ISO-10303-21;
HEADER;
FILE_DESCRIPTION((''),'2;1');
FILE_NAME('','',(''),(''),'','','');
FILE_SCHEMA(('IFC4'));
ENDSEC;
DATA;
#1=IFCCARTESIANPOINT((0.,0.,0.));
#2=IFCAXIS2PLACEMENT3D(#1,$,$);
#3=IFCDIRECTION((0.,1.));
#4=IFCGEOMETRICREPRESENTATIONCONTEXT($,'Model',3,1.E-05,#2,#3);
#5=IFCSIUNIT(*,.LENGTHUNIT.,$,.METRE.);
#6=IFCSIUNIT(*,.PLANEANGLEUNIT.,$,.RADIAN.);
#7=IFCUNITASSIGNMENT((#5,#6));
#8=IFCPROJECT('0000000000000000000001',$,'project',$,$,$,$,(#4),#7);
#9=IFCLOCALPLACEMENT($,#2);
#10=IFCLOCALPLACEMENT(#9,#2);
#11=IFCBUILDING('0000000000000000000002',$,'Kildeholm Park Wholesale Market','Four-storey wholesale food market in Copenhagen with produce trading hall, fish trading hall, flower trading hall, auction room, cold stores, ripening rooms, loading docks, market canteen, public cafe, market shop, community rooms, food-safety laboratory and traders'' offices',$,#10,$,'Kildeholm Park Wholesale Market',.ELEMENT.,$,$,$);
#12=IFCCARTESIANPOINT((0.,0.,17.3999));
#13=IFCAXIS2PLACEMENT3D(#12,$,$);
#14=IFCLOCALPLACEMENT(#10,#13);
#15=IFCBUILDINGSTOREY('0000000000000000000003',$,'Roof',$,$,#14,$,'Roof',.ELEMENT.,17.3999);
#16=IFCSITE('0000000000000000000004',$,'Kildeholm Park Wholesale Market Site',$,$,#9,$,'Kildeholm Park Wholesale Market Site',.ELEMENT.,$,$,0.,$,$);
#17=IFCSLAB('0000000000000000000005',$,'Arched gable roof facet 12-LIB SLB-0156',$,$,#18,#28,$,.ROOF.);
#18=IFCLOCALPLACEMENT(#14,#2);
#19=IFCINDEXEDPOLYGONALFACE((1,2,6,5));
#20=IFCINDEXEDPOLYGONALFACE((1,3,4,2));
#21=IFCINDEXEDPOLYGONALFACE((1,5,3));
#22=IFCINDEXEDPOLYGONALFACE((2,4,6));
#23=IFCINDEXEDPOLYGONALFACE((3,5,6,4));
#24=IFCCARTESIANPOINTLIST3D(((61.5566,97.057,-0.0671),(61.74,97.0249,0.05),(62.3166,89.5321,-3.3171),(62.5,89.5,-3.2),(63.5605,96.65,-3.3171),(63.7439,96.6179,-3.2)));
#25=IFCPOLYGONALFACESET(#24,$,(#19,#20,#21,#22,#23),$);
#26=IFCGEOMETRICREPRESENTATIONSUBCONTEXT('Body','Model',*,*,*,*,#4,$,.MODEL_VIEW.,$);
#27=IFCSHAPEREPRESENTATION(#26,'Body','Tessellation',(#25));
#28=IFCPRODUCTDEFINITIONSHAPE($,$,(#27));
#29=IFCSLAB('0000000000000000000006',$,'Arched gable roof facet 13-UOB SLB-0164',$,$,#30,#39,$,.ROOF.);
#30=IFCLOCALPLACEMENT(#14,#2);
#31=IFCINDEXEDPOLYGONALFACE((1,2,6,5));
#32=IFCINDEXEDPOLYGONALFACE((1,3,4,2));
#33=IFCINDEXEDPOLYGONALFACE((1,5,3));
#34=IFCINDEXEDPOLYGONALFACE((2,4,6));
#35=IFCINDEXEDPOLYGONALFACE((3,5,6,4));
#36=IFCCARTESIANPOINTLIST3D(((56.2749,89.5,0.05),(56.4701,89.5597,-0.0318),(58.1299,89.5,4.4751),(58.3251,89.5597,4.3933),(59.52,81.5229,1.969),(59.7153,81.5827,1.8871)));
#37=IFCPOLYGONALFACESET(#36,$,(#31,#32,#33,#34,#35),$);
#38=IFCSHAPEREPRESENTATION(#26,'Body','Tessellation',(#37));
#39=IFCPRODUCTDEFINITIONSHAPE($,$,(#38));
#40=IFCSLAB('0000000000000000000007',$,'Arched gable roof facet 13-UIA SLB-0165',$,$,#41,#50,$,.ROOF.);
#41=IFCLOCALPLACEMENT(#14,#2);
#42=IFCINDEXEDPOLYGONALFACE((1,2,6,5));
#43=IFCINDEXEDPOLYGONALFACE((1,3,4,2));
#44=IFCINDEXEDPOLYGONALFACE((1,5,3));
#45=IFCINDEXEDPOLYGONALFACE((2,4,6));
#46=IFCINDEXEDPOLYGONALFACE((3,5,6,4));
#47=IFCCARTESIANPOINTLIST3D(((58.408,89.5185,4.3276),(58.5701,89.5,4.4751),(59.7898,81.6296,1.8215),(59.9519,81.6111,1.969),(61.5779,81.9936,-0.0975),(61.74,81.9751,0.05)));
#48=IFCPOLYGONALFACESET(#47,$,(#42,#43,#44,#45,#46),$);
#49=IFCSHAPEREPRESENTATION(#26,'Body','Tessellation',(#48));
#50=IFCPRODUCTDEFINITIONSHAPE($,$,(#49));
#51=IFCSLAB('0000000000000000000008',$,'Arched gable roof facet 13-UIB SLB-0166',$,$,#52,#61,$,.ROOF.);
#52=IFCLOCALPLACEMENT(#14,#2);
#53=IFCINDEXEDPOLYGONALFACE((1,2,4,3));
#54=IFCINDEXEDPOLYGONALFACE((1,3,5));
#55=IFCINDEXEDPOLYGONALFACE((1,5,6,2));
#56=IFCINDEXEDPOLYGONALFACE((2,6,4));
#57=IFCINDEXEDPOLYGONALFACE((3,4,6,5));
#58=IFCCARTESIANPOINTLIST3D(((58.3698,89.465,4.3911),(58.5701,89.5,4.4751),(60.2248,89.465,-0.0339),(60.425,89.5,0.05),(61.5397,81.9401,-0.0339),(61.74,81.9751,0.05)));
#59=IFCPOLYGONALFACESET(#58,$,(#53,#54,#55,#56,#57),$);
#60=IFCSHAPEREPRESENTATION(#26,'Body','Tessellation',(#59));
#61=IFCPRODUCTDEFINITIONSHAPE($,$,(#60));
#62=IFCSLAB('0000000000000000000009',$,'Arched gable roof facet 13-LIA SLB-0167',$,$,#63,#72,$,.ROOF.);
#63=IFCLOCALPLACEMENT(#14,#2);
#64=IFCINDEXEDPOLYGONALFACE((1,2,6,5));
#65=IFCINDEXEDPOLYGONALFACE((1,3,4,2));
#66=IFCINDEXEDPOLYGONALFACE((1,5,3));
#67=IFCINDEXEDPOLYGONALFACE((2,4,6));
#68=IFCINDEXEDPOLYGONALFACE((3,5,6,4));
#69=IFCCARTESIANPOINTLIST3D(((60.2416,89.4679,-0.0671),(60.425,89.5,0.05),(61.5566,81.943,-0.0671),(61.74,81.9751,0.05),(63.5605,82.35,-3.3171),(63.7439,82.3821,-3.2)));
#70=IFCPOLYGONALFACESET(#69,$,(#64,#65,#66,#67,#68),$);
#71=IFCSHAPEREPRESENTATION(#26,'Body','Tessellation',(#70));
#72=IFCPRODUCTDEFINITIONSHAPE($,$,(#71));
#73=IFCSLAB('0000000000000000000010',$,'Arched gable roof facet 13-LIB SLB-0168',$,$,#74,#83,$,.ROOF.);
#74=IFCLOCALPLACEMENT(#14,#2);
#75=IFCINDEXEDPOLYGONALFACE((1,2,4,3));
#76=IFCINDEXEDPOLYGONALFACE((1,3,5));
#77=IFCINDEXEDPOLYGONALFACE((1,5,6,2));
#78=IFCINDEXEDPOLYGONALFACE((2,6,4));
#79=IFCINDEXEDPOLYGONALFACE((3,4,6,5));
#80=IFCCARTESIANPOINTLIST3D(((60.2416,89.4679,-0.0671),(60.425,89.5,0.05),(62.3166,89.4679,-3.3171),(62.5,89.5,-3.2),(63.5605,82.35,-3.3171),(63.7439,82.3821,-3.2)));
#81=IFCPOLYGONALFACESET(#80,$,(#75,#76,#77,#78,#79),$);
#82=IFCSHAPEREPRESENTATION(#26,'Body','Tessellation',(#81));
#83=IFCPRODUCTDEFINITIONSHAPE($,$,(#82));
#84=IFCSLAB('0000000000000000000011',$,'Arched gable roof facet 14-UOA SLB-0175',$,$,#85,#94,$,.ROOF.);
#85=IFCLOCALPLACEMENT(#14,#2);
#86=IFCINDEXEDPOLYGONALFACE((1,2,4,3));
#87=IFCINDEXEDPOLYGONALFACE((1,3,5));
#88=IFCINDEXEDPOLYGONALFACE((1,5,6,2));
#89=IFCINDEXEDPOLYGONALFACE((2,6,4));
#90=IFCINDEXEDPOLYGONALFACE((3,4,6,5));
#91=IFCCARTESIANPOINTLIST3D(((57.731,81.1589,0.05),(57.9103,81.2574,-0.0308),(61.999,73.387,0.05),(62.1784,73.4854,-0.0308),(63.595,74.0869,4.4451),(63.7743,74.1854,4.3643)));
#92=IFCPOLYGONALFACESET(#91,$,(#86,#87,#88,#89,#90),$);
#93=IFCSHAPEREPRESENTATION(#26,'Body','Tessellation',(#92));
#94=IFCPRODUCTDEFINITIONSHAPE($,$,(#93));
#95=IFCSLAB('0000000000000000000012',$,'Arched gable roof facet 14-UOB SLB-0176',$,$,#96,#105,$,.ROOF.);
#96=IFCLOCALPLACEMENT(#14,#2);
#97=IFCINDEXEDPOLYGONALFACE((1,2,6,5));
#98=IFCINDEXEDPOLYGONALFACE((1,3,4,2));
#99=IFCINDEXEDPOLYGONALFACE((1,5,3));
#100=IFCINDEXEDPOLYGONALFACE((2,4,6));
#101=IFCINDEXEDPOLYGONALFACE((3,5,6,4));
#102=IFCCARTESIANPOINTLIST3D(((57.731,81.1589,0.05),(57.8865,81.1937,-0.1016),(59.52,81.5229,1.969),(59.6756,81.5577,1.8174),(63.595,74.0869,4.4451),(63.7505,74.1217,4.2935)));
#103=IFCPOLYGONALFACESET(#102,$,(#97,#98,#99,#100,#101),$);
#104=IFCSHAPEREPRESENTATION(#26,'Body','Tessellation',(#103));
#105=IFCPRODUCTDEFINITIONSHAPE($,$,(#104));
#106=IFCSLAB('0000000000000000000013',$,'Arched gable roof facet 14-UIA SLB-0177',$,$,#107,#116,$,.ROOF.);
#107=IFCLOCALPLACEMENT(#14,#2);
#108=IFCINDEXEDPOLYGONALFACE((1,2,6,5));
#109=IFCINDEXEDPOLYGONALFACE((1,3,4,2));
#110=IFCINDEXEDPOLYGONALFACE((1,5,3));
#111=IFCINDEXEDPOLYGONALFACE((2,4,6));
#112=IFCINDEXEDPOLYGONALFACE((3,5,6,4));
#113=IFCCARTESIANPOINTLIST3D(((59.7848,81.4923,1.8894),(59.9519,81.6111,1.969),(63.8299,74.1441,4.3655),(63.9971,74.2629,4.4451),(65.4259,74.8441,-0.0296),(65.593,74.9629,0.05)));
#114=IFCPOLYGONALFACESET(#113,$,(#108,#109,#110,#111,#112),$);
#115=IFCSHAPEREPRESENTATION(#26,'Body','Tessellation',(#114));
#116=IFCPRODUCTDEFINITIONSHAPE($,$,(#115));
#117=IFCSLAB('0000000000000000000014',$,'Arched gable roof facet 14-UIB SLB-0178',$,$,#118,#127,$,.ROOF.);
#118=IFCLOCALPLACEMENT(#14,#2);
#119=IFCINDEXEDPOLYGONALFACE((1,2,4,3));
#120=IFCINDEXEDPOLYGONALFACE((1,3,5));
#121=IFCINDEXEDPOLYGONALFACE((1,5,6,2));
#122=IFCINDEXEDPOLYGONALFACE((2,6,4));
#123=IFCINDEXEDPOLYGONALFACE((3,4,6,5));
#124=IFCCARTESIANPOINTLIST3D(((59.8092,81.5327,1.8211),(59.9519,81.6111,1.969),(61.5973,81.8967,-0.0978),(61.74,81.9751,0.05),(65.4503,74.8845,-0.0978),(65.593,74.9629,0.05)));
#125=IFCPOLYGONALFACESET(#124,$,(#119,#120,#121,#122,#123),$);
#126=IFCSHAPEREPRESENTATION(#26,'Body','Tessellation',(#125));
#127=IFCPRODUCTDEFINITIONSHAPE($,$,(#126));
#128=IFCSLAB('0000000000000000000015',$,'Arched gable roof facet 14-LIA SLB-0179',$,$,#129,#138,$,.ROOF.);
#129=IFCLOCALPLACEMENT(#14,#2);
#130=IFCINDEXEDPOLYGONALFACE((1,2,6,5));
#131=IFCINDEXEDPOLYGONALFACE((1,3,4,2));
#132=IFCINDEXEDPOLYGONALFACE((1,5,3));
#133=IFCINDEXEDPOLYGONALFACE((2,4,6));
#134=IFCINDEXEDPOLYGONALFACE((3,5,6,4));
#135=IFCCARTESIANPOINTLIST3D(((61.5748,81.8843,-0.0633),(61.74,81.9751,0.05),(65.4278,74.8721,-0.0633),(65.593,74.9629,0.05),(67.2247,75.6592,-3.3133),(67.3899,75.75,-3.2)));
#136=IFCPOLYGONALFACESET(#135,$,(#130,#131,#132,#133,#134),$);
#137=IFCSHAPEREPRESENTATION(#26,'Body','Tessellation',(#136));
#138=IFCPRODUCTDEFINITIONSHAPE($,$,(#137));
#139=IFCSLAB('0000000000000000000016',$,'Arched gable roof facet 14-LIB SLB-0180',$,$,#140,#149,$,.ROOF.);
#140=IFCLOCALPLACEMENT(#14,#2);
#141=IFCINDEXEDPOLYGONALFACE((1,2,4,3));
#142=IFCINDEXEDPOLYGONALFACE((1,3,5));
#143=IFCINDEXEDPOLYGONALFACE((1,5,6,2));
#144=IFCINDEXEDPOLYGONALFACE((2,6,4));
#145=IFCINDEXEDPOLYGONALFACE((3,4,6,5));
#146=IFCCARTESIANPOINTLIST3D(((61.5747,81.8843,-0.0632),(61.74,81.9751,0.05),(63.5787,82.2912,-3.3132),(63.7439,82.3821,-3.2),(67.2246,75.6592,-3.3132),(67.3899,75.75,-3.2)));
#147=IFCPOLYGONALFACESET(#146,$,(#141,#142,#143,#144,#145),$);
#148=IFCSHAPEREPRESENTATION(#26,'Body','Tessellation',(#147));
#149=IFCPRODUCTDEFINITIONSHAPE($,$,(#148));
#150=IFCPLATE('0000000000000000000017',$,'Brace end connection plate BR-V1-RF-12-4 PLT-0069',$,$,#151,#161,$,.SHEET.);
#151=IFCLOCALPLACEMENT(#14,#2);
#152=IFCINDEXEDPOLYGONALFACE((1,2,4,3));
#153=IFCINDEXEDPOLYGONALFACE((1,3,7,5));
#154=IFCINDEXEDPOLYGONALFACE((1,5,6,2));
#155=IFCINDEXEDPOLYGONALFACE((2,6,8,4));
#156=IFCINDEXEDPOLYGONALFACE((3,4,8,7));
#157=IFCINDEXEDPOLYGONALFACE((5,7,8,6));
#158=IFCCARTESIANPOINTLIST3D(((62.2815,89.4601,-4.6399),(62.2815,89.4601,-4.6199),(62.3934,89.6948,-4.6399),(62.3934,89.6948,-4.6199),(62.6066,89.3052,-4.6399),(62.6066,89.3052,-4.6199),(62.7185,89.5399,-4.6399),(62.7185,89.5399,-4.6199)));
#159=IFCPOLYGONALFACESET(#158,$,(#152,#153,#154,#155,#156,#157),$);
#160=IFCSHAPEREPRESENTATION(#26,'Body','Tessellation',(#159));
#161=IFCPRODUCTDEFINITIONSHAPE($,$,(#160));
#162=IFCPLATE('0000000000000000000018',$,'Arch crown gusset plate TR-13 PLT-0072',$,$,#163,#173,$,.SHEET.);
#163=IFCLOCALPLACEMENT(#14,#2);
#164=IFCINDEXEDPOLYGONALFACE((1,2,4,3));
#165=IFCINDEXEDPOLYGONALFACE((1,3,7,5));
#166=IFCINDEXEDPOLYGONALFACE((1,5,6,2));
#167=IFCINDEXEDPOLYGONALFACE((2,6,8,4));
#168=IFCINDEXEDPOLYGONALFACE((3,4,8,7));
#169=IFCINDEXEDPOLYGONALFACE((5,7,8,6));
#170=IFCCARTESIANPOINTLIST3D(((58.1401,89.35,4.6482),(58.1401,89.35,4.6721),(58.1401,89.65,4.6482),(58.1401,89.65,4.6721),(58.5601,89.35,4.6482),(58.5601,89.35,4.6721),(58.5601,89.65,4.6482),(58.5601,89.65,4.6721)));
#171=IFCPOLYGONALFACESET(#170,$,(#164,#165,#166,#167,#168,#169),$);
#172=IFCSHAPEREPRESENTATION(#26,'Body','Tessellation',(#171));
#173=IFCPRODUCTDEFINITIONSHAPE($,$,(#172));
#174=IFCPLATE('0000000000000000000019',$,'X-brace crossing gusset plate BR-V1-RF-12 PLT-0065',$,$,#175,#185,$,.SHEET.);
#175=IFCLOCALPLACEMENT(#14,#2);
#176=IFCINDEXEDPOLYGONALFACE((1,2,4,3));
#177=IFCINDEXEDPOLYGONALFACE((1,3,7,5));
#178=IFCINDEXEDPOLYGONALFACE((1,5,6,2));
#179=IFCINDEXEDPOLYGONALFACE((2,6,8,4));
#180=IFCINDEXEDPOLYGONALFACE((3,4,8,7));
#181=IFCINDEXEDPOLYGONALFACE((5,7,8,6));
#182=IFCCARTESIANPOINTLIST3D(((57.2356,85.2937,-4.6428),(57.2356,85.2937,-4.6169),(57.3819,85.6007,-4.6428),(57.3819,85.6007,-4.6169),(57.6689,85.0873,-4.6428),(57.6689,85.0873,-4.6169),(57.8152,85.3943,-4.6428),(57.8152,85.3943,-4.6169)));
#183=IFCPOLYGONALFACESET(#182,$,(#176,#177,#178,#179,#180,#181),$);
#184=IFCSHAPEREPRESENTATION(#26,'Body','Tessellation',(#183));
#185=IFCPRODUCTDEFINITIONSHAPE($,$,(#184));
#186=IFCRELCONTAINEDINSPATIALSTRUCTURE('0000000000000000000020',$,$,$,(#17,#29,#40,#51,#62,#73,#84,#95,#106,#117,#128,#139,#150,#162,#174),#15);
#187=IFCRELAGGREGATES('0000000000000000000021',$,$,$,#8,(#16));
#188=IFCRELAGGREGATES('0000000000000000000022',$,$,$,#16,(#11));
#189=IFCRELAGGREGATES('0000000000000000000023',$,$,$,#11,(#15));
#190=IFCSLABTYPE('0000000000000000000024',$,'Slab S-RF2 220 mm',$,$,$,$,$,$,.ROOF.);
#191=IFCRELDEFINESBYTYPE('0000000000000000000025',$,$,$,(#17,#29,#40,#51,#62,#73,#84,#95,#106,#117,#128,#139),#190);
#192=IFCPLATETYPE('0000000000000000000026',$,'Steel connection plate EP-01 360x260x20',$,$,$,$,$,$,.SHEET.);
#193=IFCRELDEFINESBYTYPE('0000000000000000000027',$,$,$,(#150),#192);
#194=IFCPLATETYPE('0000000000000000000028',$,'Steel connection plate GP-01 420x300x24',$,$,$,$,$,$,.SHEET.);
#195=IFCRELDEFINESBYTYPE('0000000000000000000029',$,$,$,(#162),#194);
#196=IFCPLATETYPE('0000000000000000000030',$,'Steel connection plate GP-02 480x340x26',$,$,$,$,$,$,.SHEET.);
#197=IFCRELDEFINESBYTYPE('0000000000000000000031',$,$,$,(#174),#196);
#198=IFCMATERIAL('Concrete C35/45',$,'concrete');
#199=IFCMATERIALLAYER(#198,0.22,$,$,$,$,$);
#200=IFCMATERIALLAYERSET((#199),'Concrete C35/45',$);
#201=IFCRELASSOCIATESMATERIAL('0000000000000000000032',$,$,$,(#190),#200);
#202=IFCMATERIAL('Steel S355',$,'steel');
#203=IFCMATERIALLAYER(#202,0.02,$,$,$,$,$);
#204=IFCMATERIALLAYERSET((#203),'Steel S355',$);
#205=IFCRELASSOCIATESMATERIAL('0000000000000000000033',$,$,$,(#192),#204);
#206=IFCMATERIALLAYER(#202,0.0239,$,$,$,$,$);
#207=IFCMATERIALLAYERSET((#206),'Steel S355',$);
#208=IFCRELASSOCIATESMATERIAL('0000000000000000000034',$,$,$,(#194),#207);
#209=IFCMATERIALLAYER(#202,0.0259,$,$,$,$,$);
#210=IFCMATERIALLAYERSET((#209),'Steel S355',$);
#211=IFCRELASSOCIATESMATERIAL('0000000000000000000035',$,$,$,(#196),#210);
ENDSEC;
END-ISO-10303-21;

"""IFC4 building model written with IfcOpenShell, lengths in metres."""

from ifc_helpers import new_model, si_unit, direction, frame, origin, origin_2d, place, context, subcontext, project, spatial, polyline, rectangle, outline, extrude, material, layer, layer_set, type_object, element, save


model = new_model("IFC4")

# Units and contexts
model_context = context("Model", 3, precision=1e-05, world=origin(), true_north=direction((0.0, 1.0)))
body_context = subcontext(model_context, "Body", "Model", "MODEL_VIEW")
ifc_project = project(units=[si_unit("LENGTHUNIT", "METRE"), si_unit("PLANEANGLEUNIT", "RADIAN")], contexts=[model_context])

# Site, building, storey
site_placement = place(None, origin())
site = spatial("IfcSite", under=ifc_project, at=site_placement, Name="Kildeholm Park Wholesale Market Site", LongName="Kildeholm Park Wholesale Market Site", CompositionType="ELEMENT", RefElevation=0.0)
building_placement = place(site_placement, origin())
building = spatial("IfcBuilding", under=site, at=building_placement, Name="Kildeholm Park Wholesale Market", Description="Four-storey wholesale food market in Copenhagen with produce trading hall, fish trading hall, flower trading hall, auction room, cold stores, ripening rooms, loading docks, market canteen, public cafe, market shop, community rooms, food-safety laboratory and traders' offices", LongName="Kildeholm Park Wholesale Market", CompositionType="ELEMENT")
storey_placement = place(building_placement, frame((0.0, 0.0, 17.3999)))
storey = spatial("IfcBuildingStorey", under=building, at=storey_placement, Name="Roof", LongName="Roof", CompositionType="ELEMENT", Elevation=17.3999)

# Shared definitions
ifc_material_1 = material(Name="Steel S355", Category="steel")

# Slabs
ifc_material_2 = material(Name="Concrete C35/45", Category="concrete")
ifc_layer_1 = layer(ifc_material_2, 0.22)
ifc_layer_set_1 = layer_set([ifc_layer_1], Name="Concrete C35/45")
slab_type = type_object("IfcSlabType", Name="Slab S-RF2 220 mm", PredefinedType="ROOF", material=ifc_layer_set_1)
slab_1_placement = place(storey_placement, frame((61.74, 97.0249, 0.05), z_axis=(0.833859, -0.145722, 0.532394), x_axis=(0.092325, -0.914114, -0.394805)))
element("IfcSlab", 1, at=slab_1_placement, inside=storey, type_object=slab_type, Name="Arched gable roof facet 12-LIB SLB-0156", PredefinedType="ROOF", context=body_context, shape_type="SweptSolid", body=[
    extrude(outline(polyline([(0.0, 0.0), (8.2319, 0.0), (1.8402, 3.3701), (0.0, 0.0)])), origin(), (0.0, 0.0, -1.0), 0.22),
])
slab_2_placement = place(storey_placement, frame((56.2749, 89.5, 0.05), z_axis=(-0.887586, -0.27157, 0.372076), x_axis=(0.367799, -0.904113, 0.217492)))
element("IfcSlab", 2, at=slab_2_placement, inside=storey, type_object=slab_type, Name="Arched gable roof facet 13-UOB SLB-0164", PredefinedType="ROOF", context=body_context, shape_type="SweptSolid", body=[
    extrude(outline(polyline([(0.0, 0.0), (8.8231, 0.0), (1.6447, 4.5074), (0.0, 0.0)])), origin(), (0.0, 0.0, -1.0), 0.22),
])
slab_3_placement = place(storey_placement, frame((58.5701, 89.5, 4.4751), z_axis=(0.736924, -0.083995, 0.670737), x_axis=(0.164662, -0.940056, -0.298631)))
element("IfcSlab", 3, at=slab_3_placement, inside=storey, type_object=slab_type, Name="Arched gable roof facet 13-UIA SLB-0165", PredefinedType="ROOF", context=body_context, shape_type="SweptSolid", body=[
    extrude(outline(polyline([(0.0, 0.0), (8.392, 0.0), (8.9173, 2.5954), (0.0, 0.0)])), origin(), (0.0, 0.0, -1.0), 0.22),
])
slab_4_placement = place(storey_placement, frame((58.5701, 89.5, 4.4751), z_axis=(0.910497, 0.159105, 0.381681), x_axis=(0.341319, -0.810237, -0.476463)))
element("IfcSlab", 4, at=slab_4_placement, inside=storey, type_object=slab_type, Name="Arched gable roof facet 13-UIB SLB-0166", PredefinedType="ROOF", context=body_context, shape_type="SweptSolid", body=[
    extrude(outline(polyline([(0.0, 0.0), (9.2873, 0.0), (2.7415, 3.9378), (0.0, 0.0)])), origin(), (0.0, 0.0, -1.0), 0.22),
])
slab_5_placement = place(storey_placement, frame((60.425, 89.5, 0.05), z_axis=(0.833861, 0.145713, 0.532394), x_axis=(0.172137, -0.985073, 0.0)))
element("IfcSlab", 5, at=slab_5_placement, inside=storey, type_object=slab_type, Name="Arched gable roof facet 13-LIA SLB-0167", PredefinedType="ROOF", context=body_context, shape_type="SweptSolid", body=[
    extrude(outline(polyline([(0.0, 0.0), (7.6389, 0.0), (7.583, 3.8394), (0.0, 0.0)])), origin(), (0.0, 0.0, -1.0), 0.22),
])
slab_6_placement = place(storey_placement, frame((60.425, 89.5, 0.05), z_axis=(0.833868, 0.145723, 0.53238), x_axis=(0.390474, -0.837449, -0.382374)))
element("IfcSlab", 6, at=slab_6_placement, inside=storey, type_object=slab_type, Name="Arched gable roof facet 13-LIB SLB-0168", PredefinedType="ROOF", context=body_context, shape_type="SweptSolid", body=[
    extrude(outline(polyline([(0.0, 0.0), (8.4995, 0.0), (2.0529, 3.264), (0.0, 0.0)])), origin(), (0.0, 0.0, -1.0), 0.22),
])
slab_7_placement = place(storey_placement, frame((57.731, 81.1589, 0.05), z_axis=(-0.815246, -0.447702, 0.367338), x_axis=(0.481354, -0.876526, 0.0)))
element("IfcSlab", 7, at=slab_7_placement, inside=storey, type_object=slab_type, Name="Arched gable roof facet 14-UOA SLB-0175", PredefinedType="ROOF", context=body_context, shape_type="SweptSolid", body=[
    extrude(outline(polyline([(0.0, 0.0), (8.8668, 0.0), (9.0215, 4.7254), (0.0, 0.0)])), origin(), (0.0, 0.0, -1.0), 0.22),
])
slab_8_placement = place(storey_placement, frame((57.731, 81.1589, 0.05), z_axis=(-0.707112, -0.157998, 0.689223), x_axis=(0.5758, -0.694416, 0.431556)))
element("IfcSlab", 8, at=slab_8_placement, inside=storey, type_object=slab_type, Name="Arched gable roof facet 14-UOB SLB-0176", PredefinedType="ROOF", context=body_context, shape_type="SweptSolid", body=[
    extrude(outline(polyline([(0.0, 0.0), (10.1841, 0.0), (1.6055, 2.1067), (0.0, 0.0)])), origin(), (0.0, 0.0, -1.0), 0.22),
])
slab_9_placement = place(storey_placement, frame((59.9519, 81.6111, 1.969), z_axis=(0.759743, 0.540193, 0.361914), x_axis=(0.462525, -0.840188, 0.283115)))
element("IfcSlab", 9, at=slab_9_placement, inside=storey, type_object=slab_type, Name="Arched gable roof facet 14-UIA SLB-0177", PredefinedType="ROOF", context=body_context, shape_type="SweptSolid", body=[
    extrude(outline(polyline([(0.0, 0.0), (8.7458, 0.0), (7.6516, 4.5995), (0.0, 0.0)])), origin(), (0.0, 0.0, -1.0), 0.22),
])
slab_10_placement = place(storey_placement, frame((59.9519, 81.6111, 1.969), z_axis=(0.648845, 0.356524, 0.672229), x_axis=(0.63187, -0.744674, -0.214944)))
element("IfcSlab", 10, at=slab_10_placement, inside=storey, type_object=slab_type, Name="Arched gable roof facet 14-UIB SLB-0178", PredefinedType="ROOF", context=body_context, shape_type="SweptSolid", body=[
    extrude(outline(polyline([(0.0, 0.0), (8.9277, 0.0), (1.2712, 2.3229), (0.0, 0.0)])), origin(), (0.0, 0.0, -1.0), 0.22),
])
slab_11_placement = place(storey_placement, frame((61.74, 81.9751, 0.05), z_axis=(0.751123, 0.412723, 0.515241), x_axis=(0.481565, -0.87641, 0.0)))
element("IfcSlab", 11, at=slab_11_placement, inside=storey, type_object=slab_type, Name="Arched gable roof facet 14-LIA SLB-0179", PredefinedType="ROOF", context=body_context, shape_type="SweptSolid", body=[
    extrude(outline(polyline([(0.0, 0.0), (8.0011, 0.0), (8.1765, 3.7921), (0.0, 0.0)])), origin(), (0.0, 0.0, -1.0), 0.22),
])
slab_12_placement = place(storey_placement, frame((61.74, 81.9751, 0.05), z_axis=(0.751213, 0.412981, 0.514904), x_axis=(0.626855, -0.690673, -0.360587)))
element("IfcSlab", 12, at=slab_12_placement, inside=storey, type_object=slab_type, Name="Arched gable roof facet 14-LIB SLB-0180", PredefinedType="ROOF", context=body_context, shape_type="SweptSolid", body=[
    extrude(outline(polyline([(0.0, 0.0), (9.0131, 0.0), (2.147, 3.1834), (0.0, 0.0)])), origin(), (0.0, 0.0, -1.0), 0.22),
])

# Plates
ifc_layer_2 = layer(ifc_material_1, 0.02)
ifc_layer_set_2 = layer_set([ifc_layer_2], Name="Steel S355")
plate_type_1 = type_object("IfcPlateType", Name="Steel connection plate EP-01 360x260x20", PredefinedType="SHEET", material=ifc_layer_set_2)
plate_1_placement = place(storey_placement, frame((62.5, 89.5, -4.6399), z_axis=(0.0, 0.0, 1.0), x_axis=(0.902811, -0.430038, 0.0)))
element("IfcPlate", 13, at=plate_1_placement, inside=storey, type_object=plate_type_1, Name="Brace end connection plate BR-V1-RF-12-4 PLT-0069", PredefinedType="SHEET", context=body_context, shape_type="SweptSolid", body=[
    extrude(rectangle(XDim=0.3601, YDim=0.26, at=origin_2d()), origin(), (0.0, 0.0, 1.0), 0.02),
])
ifc_layer_3 = layer(ifc_material_1, 0.0239)
ifc_layer_set_3 = layer_set([ifc_layer_3], Name="Steel S355")
plate_type_2 = type_object("IfcPlateType", Name="Steel connection plate GP-01 420x300x24", PredefinedType="SHEET", material=ifc_layer_set_3)
plate_2_placement = place(storey_placement, frame((58.3501, 89.5, 4.6482), z_axis=(0.0, 0.0, 1.0), x_axis=(-1.0, 0.0, 0.0)))
element("IfcPlate", 14, at=plate_2_placement, inside=storey, type_object=plate_type_2, Name="Arch crown gusset plate TR-13 PLT-0072", PredefinedType="SHEET", context=body_context, shape_type="SweptSolid", body=[
    extrude(rectangle(XDim=0.4199, YDim=0.3, at=origin_2d()), origin(), (0.0, 0.0, 1.0), 0.0239),
])
ifc_layer_4 = layer(ifc_material_1, 0.0259)
ifc_layer_set_4 = layer_set([ifc_layer_4], Name="Steel S355")
plate_type_3 = type_object("IfcPlateType", Name="Steel connection plate GP-02 480x340x26", PredefinedType="SHEET", material=ifc_layer_set_4)
for number, where, z_axis, x_axis, name in (
    (15, (57.5254, 85.344, -4.6428), (0.0, 0.0, 1.0), (0.902811, -0.430038, 0.0), "X-brace crossing gusset plate BR-V1-RF-12 PLT-0065"),
):
    element("IfcPlate", number, at=place(storey_placement, frame(where, z_axis=z_axis, x_axis=x_axis)), inside=storey, type_object=plate_type_3, Name=name, PredefinedType="SHEET", context=body_context, shape_type="SweptSolid", body=[
        extrude(rectangle(XDim=0.48, YDim=0.3401, at=origin_2d()), origin(), (0.0, 0.0, 1.0), 0.0259),
    ])

save(model, "model.ifc")
